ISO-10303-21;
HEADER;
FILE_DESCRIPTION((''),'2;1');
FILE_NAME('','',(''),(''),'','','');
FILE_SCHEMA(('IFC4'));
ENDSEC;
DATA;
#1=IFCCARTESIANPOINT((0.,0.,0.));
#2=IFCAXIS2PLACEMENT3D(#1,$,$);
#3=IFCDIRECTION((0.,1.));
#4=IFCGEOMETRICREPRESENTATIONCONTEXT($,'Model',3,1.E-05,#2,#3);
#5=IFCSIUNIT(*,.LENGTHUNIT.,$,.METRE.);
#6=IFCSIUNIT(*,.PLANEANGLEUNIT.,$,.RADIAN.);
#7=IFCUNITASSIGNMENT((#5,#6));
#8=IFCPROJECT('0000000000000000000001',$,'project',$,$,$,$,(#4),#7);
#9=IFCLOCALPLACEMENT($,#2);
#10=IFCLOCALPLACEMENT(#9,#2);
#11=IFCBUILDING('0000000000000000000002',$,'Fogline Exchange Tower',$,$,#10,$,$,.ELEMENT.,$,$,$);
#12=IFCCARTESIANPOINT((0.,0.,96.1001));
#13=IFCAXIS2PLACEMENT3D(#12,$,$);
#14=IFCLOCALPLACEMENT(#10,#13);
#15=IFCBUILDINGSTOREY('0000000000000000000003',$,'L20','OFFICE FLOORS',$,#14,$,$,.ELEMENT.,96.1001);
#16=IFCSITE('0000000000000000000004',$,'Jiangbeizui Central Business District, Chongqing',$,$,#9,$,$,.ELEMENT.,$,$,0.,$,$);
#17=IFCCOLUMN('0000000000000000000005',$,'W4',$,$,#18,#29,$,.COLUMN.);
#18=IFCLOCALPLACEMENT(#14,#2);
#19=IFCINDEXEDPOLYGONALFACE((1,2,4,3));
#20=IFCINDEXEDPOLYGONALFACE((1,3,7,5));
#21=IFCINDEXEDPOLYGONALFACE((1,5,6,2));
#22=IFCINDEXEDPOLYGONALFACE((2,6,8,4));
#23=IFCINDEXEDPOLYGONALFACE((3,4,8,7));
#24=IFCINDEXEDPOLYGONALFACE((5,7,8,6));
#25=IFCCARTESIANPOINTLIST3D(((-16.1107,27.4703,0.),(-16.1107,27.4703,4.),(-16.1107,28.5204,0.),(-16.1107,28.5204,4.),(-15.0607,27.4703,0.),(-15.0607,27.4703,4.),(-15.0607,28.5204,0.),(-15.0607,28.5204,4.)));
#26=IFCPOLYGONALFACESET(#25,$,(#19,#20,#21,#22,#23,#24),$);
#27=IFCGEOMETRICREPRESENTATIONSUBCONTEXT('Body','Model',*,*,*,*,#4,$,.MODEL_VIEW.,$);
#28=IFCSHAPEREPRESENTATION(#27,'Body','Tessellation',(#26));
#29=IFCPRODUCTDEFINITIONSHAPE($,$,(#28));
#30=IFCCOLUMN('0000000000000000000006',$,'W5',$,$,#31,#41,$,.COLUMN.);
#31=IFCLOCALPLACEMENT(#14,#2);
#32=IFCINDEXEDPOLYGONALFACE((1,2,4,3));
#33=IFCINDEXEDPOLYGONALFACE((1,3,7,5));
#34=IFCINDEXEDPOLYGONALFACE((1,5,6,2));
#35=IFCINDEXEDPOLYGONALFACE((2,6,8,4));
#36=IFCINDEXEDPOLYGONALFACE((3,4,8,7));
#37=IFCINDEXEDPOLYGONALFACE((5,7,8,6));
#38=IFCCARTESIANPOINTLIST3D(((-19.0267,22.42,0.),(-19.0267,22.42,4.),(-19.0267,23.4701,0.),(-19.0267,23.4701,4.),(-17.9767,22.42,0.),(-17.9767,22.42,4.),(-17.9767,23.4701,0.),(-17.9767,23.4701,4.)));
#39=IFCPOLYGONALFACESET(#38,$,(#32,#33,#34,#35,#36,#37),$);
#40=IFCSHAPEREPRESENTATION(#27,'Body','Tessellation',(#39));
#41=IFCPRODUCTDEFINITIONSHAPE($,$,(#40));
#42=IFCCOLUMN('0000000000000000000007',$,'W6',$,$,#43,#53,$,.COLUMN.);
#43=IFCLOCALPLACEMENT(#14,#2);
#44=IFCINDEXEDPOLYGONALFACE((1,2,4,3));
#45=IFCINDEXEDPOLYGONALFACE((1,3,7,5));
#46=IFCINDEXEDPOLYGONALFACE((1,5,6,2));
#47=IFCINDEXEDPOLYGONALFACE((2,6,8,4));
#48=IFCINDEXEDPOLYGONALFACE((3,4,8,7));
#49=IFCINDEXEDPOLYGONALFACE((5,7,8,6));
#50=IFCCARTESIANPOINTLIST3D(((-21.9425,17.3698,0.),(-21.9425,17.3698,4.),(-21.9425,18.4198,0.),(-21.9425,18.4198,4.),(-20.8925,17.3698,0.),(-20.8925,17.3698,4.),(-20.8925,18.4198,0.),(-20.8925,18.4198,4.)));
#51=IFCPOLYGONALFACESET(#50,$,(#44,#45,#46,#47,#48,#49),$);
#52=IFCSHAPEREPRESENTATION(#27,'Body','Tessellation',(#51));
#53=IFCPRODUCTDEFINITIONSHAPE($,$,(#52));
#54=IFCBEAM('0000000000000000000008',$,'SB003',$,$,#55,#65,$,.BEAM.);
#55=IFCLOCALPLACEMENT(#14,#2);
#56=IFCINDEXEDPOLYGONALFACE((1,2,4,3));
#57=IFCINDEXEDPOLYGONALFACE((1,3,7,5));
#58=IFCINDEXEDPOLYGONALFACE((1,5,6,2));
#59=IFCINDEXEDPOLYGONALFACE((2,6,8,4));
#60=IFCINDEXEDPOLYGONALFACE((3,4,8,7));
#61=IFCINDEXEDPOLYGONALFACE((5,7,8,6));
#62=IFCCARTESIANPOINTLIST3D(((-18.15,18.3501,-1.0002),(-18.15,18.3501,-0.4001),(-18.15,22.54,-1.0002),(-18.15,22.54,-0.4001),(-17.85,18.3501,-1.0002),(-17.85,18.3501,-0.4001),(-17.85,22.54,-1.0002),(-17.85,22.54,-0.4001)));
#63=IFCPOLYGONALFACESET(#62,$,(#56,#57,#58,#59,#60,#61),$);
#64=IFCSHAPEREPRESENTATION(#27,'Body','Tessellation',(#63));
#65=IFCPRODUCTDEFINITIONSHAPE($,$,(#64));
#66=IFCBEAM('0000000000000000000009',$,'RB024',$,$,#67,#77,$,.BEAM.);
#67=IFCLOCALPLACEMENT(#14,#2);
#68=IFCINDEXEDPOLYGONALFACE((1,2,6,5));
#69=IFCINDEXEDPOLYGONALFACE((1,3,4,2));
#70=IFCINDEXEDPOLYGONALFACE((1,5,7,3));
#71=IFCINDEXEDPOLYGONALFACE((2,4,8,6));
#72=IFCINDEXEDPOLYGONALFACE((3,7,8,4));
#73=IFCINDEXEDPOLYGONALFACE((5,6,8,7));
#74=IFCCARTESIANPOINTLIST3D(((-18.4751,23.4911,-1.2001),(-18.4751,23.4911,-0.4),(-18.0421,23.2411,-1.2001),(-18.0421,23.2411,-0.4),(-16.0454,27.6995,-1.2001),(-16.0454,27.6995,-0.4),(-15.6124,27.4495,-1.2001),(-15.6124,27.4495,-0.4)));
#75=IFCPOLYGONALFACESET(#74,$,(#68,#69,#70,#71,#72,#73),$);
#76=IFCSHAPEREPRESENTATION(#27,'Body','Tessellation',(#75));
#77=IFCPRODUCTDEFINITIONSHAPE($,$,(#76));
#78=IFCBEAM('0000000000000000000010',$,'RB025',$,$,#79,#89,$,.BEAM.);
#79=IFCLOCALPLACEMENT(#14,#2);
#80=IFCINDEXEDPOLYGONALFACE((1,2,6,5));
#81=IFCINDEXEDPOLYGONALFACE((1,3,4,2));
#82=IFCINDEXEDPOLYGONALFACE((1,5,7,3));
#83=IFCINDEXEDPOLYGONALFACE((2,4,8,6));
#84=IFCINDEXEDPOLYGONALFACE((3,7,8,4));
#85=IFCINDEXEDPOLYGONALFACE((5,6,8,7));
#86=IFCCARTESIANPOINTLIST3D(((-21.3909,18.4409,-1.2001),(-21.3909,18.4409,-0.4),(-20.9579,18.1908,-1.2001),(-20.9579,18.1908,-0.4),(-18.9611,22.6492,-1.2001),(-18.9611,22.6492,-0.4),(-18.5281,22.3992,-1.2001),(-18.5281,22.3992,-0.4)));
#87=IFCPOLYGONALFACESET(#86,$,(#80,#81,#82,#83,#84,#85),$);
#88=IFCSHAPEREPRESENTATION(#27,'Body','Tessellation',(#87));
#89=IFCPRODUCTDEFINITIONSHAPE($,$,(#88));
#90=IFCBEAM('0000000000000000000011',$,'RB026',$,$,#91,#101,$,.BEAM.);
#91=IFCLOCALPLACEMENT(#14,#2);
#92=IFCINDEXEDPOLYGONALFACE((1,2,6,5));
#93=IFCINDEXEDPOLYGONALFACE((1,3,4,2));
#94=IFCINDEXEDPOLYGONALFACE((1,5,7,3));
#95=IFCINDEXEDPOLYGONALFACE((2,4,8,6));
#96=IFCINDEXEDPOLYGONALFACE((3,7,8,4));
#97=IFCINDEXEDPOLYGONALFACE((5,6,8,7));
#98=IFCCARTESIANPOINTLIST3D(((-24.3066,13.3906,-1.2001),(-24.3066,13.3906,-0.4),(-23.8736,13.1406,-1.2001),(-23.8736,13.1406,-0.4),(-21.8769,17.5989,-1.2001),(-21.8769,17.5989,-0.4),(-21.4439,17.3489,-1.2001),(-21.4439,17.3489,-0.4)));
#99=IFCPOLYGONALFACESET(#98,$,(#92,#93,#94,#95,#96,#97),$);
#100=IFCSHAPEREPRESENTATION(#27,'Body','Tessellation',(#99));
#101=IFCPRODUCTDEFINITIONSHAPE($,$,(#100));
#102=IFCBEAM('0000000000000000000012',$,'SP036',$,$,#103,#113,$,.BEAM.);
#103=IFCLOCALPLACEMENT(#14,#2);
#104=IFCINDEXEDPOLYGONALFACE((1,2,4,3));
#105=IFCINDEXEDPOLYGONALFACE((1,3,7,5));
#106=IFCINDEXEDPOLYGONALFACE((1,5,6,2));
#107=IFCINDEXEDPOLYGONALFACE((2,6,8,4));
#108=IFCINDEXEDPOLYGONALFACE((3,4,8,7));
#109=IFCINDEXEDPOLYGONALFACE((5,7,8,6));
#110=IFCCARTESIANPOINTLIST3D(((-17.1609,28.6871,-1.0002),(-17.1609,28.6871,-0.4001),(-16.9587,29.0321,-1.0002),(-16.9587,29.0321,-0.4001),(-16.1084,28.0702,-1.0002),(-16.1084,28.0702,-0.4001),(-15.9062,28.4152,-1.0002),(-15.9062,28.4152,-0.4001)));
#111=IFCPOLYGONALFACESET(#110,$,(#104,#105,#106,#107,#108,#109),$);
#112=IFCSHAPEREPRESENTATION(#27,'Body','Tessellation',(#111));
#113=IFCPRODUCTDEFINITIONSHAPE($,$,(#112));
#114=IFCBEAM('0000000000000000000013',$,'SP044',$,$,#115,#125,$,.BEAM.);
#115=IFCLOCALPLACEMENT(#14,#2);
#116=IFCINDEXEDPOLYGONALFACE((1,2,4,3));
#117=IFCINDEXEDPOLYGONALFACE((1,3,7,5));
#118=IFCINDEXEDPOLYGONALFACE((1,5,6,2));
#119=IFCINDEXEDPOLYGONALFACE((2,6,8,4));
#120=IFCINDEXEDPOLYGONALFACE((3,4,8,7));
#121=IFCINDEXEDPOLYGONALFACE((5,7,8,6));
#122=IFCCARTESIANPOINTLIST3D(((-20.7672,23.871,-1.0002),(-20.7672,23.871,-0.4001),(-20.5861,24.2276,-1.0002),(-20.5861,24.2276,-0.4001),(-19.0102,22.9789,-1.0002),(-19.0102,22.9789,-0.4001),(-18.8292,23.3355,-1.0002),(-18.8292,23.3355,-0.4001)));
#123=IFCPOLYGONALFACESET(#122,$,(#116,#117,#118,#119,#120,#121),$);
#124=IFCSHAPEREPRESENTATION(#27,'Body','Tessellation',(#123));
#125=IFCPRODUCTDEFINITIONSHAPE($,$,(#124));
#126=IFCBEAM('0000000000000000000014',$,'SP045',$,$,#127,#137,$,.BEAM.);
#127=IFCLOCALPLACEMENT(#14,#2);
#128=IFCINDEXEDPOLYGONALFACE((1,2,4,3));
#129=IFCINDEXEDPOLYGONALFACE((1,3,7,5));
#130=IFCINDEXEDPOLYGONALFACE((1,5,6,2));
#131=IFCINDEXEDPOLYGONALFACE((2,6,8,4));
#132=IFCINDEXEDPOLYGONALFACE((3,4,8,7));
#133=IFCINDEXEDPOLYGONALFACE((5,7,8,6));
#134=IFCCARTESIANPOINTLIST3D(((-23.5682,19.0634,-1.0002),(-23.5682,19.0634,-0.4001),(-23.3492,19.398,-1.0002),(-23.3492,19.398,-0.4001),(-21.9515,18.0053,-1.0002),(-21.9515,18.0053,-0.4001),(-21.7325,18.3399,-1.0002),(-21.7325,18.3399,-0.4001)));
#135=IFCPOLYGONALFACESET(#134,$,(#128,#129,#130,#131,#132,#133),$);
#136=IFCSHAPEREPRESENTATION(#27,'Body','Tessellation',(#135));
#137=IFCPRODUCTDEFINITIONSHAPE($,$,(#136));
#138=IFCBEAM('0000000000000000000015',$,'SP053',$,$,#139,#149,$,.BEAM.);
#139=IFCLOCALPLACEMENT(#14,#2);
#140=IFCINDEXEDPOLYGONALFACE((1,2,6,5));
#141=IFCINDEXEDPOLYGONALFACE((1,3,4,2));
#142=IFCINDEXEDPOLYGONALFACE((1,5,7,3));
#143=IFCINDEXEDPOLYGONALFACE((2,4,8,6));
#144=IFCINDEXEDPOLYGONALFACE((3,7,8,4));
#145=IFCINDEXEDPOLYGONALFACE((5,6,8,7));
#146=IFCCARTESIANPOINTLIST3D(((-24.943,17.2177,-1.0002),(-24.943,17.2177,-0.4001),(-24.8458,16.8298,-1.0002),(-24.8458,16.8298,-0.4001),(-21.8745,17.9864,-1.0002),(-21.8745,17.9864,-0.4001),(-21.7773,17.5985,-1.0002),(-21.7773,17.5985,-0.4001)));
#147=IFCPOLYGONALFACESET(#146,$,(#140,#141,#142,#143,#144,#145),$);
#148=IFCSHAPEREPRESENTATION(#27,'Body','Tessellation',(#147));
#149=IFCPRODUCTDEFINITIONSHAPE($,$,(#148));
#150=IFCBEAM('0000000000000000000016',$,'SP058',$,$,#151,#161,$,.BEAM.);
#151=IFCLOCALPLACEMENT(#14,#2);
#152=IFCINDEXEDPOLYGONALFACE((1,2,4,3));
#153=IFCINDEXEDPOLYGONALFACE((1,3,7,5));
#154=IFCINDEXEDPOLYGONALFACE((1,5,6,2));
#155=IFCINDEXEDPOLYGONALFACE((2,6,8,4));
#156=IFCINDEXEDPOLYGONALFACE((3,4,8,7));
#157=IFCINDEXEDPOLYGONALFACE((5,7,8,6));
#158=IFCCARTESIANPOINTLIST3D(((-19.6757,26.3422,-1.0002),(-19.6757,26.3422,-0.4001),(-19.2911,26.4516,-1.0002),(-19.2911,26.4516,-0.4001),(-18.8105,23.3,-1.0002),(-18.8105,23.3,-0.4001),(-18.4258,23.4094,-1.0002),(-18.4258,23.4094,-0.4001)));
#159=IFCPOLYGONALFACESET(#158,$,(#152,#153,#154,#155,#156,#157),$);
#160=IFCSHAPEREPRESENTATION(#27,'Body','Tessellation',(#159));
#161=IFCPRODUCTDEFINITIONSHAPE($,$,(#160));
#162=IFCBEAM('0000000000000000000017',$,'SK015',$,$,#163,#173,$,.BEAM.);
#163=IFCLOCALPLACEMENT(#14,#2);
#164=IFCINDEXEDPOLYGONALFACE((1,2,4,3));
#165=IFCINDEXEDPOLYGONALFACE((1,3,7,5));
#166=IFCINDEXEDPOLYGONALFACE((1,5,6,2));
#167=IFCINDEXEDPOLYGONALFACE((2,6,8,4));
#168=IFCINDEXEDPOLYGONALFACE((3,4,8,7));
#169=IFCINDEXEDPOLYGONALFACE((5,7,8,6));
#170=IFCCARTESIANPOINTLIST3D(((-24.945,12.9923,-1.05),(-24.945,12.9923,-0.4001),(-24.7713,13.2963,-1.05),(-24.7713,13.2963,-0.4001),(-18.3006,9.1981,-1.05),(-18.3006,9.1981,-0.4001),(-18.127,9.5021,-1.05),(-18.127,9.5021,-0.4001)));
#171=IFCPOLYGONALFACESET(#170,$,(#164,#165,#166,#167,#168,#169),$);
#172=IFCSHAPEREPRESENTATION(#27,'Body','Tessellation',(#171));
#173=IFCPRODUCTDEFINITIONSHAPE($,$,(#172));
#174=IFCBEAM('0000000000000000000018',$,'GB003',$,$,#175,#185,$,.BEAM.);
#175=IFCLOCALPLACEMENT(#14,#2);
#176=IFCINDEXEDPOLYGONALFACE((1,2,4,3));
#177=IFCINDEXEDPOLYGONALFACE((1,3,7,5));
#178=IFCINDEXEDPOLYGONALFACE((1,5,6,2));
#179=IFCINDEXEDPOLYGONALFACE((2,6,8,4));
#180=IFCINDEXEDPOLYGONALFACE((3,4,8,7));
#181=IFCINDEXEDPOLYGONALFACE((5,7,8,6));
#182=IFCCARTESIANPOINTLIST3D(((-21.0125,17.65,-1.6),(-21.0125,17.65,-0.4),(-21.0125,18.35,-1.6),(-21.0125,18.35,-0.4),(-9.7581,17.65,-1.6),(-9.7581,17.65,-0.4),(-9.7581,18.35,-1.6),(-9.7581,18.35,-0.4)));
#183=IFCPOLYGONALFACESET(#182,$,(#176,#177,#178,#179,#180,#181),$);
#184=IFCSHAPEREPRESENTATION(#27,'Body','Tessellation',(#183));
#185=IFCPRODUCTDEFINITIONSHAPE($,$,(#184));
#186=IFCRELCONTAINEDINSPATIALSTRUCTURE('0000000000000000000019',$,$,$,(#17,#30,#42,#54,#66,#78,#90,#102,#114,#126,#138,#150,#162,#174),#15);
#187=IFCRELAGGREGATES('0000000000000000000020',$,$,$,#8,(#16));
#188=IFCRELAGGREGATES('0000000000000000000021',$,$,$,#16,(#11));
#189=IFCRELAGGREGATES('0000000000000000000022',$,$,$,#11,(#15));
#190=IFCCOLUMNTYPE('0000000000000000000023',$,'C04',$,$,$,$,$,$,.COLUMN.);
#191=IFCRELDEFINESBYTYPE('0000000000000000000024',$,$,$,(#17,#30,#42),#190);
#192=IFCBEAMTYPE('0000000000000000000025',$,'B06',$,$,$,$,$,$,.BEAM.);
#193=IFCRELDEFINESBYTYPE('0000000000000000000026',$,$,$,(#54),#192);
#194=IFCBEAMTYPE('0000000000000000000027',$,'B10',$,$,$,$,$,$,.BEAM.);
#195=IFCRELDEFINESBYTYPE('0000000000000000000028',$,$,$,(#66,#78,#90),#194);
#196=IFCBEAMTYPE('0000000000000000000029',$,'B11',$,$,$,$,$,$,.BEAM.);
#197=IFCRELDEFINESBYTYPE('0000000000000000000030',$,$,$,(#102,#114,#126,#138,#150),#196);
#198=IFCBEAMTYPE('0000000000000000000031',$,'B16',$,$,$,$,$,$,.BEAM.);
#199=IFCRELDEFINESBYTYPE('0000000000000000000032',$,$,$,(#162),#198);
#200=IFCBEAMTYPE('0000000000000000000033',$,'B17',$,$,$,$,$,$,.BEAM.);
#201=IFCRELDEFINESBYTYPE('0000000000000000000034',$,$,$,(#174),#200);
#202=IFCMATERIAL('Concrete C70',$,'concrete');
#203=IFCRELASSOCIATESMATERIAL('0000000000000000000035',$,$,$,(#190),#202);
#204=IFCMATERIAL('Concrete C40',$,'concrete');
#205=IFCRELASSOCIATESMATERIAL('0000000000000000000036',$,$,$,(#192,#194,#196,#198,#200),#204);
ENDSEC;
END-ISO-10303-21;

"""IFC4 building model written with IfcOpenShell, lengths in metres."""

from ifc_helpers import new_model, si_unit, direction, frame, origin, origin_2d, place, context, subcontext, project, spatial, rectangle, extrude, material, material_profile, profile_set, type_object, element, save


model = new_model("IFC4")

# Units and contexts
model_context = context("Model", 3, precision=1e-05, world=origin(), true_north=direction((0.0, 1.0)))
body_context = subcontext(model_context, "Body", "Model", "MODEL_VIEW")
ifc_project = project(units=[si_unit("LENGTHUNIT", "METRE"), si_unit("PLANEANGLEUNIT", "RADIAN")], contexts=[model_context])

# Site, building, storey
site_placement = place(None, origin())
site = spatial("IfcSite", under=ifc_project, at=site_placement, Name="Jiangbeizui Central Business District, Chongqing", CompositionType="ELEMENT", RefElevation=0.0)
building_placement = place(site_placement, origin())
building = spatial("IfcBuilding", under=site, at=building_placement, Name="Fogline Exchange Tower", CompositionType="ELEMENT")
storey_placement = place(building_placement, frame((0.0, 0.0, 96.1001)))
storey = spatial("IfcBuildingStorey", under=building, at=storey_placement, Name="L20", Description="OFFICE FLOORS", CompositionType="ELEMENT", Elevation=96.1001)

# Columns
ifc_material_1 = material(Name="Concrete C70", Category="concrete")
ifc_material_profile_1 = material_profile(ifc_material_1, rectangle(XDim=1.05, YDim=1.05, at=origin_2d()), Name="RC 1050x1050")
ifc_profile_set_1 = profile_set([ifc_material_profile_1], Name="Concrete C70")
column_type = type_object("IfcColumnType", Name="C04", PredefinedType="COLUMN", material=ifc_profile_set_1)
for number, where, z_axis, x_axis, name in (
    (1, (-15.5857, 27.9954, 0.0), (0.0, 0.0, 1.0), (1.0, 0.0, 0.0), "W4"),
    (2, (-18.5017, 22.9451, 0.0), (0.0, 0.0, 1.0), (1.0, 0.0, 0.0), "W5"),
    (3, (-21.4175, 17.8948, 0.0), (0.0, 0.0, 1.0), (1.0, 0.0, 0.0), "W6"),
):
    element("IfcColumn", number, at=place(storey_placement, frame(where, z_axis=z_axis, x_axis=x_axis)), inside=storey, type_object=column_type, Name=name, PredefinedType="COLUMN", context=body_context, shape_type="SweptSolid", body=[
        extrude(rectangle(XDim=1.05, YDim=1.05, at=origin_2d()), origin(), (0.0, 0.0, 1.0), 4.0),
    ])

# Beams
ifc_material_2 = material(Name="Concrete C40", Category="concrete")
ifc_material_profile_2 = material_profile(ifc_material_2, rectangle(XDim=0.3, YDim=0.6001, at=origin_2d()), Name="RC 300x600")
ifc_profile_set_2 = profile_set([ifc_material_profile_2], Name="Concrete C40")
beam_type_1 = type_object("IfcBeamType", Name="B06", PredefinedType="BEAM", material=ifc_profile_set_2)
beam_1_placement = place(storey_placement, frame((-18.0, 18.3501, -0.7002), z_axis=(0.0, 1.0, 0.0), x_axis=(-1.0, 0.0, 0.0)))
element("IfcBeam", 4, at=beam_1_placement, inside=storey, type_object=beam_type_1, Name="SB003", PredefinedType="BEAM", context=body_context, shape_type="SweptSolid", body=[
    extrude(rectangle(XDim=0.3, YDim=0.6001, at=origin_2d()), origin(), (0.0, 0.0, 1.0), 4.1899),
])
ifc_material_profile_3 = material_profile(ifc_material_2, rectangle(XDim=0.5, YDim=0.8, at=origin_2d()), Name="RC 500x800")
ifc_profile_set_3 = profile_set([ifc_material_profile_3], Name="Concrete C40")
beam_type_2 = type_object("IfcBeamType", Name="B10", PredefinedType="BEAM", material=ifc_profile_set_3)
for number, where, z_axis, x_axis, name in (
    (5, (-15.8289, 27.5745, -0.8), (-0.500008, -0.866021, 0.0), (0.866021, -0.500008, 0.0), "RB024"),
    (6, (-18.7446, 22.5242, -0.8), (-0.500008, -0.866021, 0.0), (0.866021, -0.500008, 0.0), "RB025"),
    (7, (-21.6604, 17.4739, -0.8), (-0.500008, -0.866021, 0.0), (0.866021, -0.500008, 0.0), "RB026"),
):
    element("IfcBeam", number, at=place(storey_placement, frame(where, z_axis=z_axis, x_axis=x_axis)), inside=storey, type_object=beam_type_2, Name=name, PredefinedType="BEAM", context=body_context, shape_type="SweptSolid", body=[
        extrude(rectangle(XDim=0.5, YDim=0.8, at=origin_2d()), origin(), (0.0, 0.0, 1.0), 4.8594),
    ])
ifc_material_profile_4 = material_profile(ifc_material_2, rectangle(XDim=0.3999, YDim=0.6001, at=origin_2d()), Name="RC 400x600")
ifc_profile_set_4 = profile_set([ifc_material_profile_4], Name="Concrete C40")
beam_type_3 = type_object("IfcBeamType", Name="B11", PredefinedType="BEAM", material=ifc_profile_set_4)
beam_2_placement = place(storey_placement, frame((-16.0073, 28.2427, -0.7002), z_axis=(-0.86271, 0.505699, 0.0), x_axis=(-0.505699, -0.86271, 0.0)))
element("IfcBeam", 8, at=beam_2_placement, inside=storey, type_object=beam_type_3, Name="SP036", PredefinedType="BEAM", context=body_context, shape_type="SweptSolid", body=[
    extrude(rectangle(XDim=0.3999, YDim=0.6001, at=origin_2d()), origin(), (0.0, 0.0, 1.0), 1.22),
])
beam_3_placement = place(storey_placement, frame((-18.9197, 23.1572, -0.7002), z_axis=(-0.89166, 0.452706, 0.0), x_axis=(-0.452706, -0.89166, 0.0)))
element("IfcBeam", 9, at=beam_3_placement, inside=storey, type_object=beam_type_3, Name="SP044", PredefinedType="BEAM", context=body_context, shape_type="SweptSolid", body=[
    extrude(rectangle(XDim=0.3999, YDim=0.6001, at=origin_2d()), origin(), (0.0, 0.0, 1.0), 1.9705),
])
beam_4_placement = place(storey_placement, frame((-21.842, 18.1726, -0.7002), z_axis=(-0.836725, 0.547624, 0.0), x_axis=(-0.547624, -0.836725, 0.0)))
element("IfcBeam", 10, at=beam_4_placement, inside=storey, type_object=beam_type_3, Name="SP045", PredefinedType="BEAM", context=body_context, shape_type="SweptSolid", body=[
    extrude(rectangle(XDim=0.3999, YDim=0.6001, at=origin_2d()), origin(), (0.0, 0.0, 1.0), 1.9321),
])
beam_5_placement = place(storey_placement, frame((-21.8259, 17.7925, -0.7002), z_axis=(-0.97002, -0.243026, 0.0), x_axis=(0.243026, -0.97002, 0.0)))
element("IfcBeam", 11, at=beam_5_placement, inside=storey, type_object=beam_type_3, Name="SP053", PredefinedType="BEAM", context=body_context, shape_type="SweptSolid", body=[
    extrude(rectangle(XDim=0.3999, YDim=0.6001, at=origin_2d()), origin(), (0.0, 0.0, 1.0), 3.1633),
])
beam_6_placement = place(storey_placement, frame((-18.6182, 23.3547, -0.7002), z_axis=(-0.273559, 0.961855, 0.0), x_axis=(-0.961855, -0.273559, 0.0)))
element("IfcBeam", 12, at=beam_6_placement, inside=storey, type_object=beam_type_3, Name="SP058", PredefinedType="BEAM", context=body_context, shape_type="SweptSolid", body=[
    extrude(rectangle(XDim=0.3999, YDim=0.6001, at=origin_2d()), origin(), (0.0, 0.0, 1.0), 3.1628),
])
ifc_material_profile_5 = material_profile(ifc_material_2, rectangle(XDim=0.3501, YDim=0.6499, at=origin_2d()), Name="RC 350x650")
ifc_profile_set_5 = profile_set([ifc_material_profile_5], Name="Concrete C40")
beam_type_4 = type_object("IfcBeamType", Name="B16", PredefinedType="BEAM", material=ifc_profile_set_5)
beam_7_placement = place(storey_placement, frame((-24.8582, 13.1443, -0.7251), z_axis=(0.868386, -0.495888, 0.0), x_axis=(0.495888, 0.868386, 0.0)))
element("IfcBeam", 13, at=beam_7_placement, inside=storey, type_object=beam_type_4, Name="SK015", PredefinedType="BEAM", context=body_context, shape_type="SweptSolid", body=[
    extrude(rectangle(XDim=0.3501, YDim=0.6499, at=origin_2d()), origin(), (0.0, 0.0, 1.0), 7.6514),
])
ifc_material_profile_6 = material_profile(ifc_material_2, rectangle(XDim=0.7, YDim=1.2, at=origin_2d()), Name="RC 700x1200")
ifc_profile_set_6 = profile_set([ifc_material_profile_6], Name="Concrete C40")
beam_type_5 = type_object("IfcBeamType", Name="B17", PredefinedType="BEAM", material=ifc_profile_set_6)
beam_8_placement = place(storey_placement, frame((-21.0125, 18.0, -1.0), z_axis=(1.0, 0.0, 0.0), x_axis=(0.0, 1.0, 0.0)))
element("IfcBeam", 14, at=beam_8_placement, inside=storey, type_object=beam_type_5, Name="GB003", PredefinedType="BEAM", context=body_context, shape_type="SweptSolid", body=[
    extrude(rectangle(XDim=0.7, YDim=1.2, at=origin_2d()), origin(), (0.0, 0.0, 1.0), 11.2544),
])

save(model, "model.ifc")
